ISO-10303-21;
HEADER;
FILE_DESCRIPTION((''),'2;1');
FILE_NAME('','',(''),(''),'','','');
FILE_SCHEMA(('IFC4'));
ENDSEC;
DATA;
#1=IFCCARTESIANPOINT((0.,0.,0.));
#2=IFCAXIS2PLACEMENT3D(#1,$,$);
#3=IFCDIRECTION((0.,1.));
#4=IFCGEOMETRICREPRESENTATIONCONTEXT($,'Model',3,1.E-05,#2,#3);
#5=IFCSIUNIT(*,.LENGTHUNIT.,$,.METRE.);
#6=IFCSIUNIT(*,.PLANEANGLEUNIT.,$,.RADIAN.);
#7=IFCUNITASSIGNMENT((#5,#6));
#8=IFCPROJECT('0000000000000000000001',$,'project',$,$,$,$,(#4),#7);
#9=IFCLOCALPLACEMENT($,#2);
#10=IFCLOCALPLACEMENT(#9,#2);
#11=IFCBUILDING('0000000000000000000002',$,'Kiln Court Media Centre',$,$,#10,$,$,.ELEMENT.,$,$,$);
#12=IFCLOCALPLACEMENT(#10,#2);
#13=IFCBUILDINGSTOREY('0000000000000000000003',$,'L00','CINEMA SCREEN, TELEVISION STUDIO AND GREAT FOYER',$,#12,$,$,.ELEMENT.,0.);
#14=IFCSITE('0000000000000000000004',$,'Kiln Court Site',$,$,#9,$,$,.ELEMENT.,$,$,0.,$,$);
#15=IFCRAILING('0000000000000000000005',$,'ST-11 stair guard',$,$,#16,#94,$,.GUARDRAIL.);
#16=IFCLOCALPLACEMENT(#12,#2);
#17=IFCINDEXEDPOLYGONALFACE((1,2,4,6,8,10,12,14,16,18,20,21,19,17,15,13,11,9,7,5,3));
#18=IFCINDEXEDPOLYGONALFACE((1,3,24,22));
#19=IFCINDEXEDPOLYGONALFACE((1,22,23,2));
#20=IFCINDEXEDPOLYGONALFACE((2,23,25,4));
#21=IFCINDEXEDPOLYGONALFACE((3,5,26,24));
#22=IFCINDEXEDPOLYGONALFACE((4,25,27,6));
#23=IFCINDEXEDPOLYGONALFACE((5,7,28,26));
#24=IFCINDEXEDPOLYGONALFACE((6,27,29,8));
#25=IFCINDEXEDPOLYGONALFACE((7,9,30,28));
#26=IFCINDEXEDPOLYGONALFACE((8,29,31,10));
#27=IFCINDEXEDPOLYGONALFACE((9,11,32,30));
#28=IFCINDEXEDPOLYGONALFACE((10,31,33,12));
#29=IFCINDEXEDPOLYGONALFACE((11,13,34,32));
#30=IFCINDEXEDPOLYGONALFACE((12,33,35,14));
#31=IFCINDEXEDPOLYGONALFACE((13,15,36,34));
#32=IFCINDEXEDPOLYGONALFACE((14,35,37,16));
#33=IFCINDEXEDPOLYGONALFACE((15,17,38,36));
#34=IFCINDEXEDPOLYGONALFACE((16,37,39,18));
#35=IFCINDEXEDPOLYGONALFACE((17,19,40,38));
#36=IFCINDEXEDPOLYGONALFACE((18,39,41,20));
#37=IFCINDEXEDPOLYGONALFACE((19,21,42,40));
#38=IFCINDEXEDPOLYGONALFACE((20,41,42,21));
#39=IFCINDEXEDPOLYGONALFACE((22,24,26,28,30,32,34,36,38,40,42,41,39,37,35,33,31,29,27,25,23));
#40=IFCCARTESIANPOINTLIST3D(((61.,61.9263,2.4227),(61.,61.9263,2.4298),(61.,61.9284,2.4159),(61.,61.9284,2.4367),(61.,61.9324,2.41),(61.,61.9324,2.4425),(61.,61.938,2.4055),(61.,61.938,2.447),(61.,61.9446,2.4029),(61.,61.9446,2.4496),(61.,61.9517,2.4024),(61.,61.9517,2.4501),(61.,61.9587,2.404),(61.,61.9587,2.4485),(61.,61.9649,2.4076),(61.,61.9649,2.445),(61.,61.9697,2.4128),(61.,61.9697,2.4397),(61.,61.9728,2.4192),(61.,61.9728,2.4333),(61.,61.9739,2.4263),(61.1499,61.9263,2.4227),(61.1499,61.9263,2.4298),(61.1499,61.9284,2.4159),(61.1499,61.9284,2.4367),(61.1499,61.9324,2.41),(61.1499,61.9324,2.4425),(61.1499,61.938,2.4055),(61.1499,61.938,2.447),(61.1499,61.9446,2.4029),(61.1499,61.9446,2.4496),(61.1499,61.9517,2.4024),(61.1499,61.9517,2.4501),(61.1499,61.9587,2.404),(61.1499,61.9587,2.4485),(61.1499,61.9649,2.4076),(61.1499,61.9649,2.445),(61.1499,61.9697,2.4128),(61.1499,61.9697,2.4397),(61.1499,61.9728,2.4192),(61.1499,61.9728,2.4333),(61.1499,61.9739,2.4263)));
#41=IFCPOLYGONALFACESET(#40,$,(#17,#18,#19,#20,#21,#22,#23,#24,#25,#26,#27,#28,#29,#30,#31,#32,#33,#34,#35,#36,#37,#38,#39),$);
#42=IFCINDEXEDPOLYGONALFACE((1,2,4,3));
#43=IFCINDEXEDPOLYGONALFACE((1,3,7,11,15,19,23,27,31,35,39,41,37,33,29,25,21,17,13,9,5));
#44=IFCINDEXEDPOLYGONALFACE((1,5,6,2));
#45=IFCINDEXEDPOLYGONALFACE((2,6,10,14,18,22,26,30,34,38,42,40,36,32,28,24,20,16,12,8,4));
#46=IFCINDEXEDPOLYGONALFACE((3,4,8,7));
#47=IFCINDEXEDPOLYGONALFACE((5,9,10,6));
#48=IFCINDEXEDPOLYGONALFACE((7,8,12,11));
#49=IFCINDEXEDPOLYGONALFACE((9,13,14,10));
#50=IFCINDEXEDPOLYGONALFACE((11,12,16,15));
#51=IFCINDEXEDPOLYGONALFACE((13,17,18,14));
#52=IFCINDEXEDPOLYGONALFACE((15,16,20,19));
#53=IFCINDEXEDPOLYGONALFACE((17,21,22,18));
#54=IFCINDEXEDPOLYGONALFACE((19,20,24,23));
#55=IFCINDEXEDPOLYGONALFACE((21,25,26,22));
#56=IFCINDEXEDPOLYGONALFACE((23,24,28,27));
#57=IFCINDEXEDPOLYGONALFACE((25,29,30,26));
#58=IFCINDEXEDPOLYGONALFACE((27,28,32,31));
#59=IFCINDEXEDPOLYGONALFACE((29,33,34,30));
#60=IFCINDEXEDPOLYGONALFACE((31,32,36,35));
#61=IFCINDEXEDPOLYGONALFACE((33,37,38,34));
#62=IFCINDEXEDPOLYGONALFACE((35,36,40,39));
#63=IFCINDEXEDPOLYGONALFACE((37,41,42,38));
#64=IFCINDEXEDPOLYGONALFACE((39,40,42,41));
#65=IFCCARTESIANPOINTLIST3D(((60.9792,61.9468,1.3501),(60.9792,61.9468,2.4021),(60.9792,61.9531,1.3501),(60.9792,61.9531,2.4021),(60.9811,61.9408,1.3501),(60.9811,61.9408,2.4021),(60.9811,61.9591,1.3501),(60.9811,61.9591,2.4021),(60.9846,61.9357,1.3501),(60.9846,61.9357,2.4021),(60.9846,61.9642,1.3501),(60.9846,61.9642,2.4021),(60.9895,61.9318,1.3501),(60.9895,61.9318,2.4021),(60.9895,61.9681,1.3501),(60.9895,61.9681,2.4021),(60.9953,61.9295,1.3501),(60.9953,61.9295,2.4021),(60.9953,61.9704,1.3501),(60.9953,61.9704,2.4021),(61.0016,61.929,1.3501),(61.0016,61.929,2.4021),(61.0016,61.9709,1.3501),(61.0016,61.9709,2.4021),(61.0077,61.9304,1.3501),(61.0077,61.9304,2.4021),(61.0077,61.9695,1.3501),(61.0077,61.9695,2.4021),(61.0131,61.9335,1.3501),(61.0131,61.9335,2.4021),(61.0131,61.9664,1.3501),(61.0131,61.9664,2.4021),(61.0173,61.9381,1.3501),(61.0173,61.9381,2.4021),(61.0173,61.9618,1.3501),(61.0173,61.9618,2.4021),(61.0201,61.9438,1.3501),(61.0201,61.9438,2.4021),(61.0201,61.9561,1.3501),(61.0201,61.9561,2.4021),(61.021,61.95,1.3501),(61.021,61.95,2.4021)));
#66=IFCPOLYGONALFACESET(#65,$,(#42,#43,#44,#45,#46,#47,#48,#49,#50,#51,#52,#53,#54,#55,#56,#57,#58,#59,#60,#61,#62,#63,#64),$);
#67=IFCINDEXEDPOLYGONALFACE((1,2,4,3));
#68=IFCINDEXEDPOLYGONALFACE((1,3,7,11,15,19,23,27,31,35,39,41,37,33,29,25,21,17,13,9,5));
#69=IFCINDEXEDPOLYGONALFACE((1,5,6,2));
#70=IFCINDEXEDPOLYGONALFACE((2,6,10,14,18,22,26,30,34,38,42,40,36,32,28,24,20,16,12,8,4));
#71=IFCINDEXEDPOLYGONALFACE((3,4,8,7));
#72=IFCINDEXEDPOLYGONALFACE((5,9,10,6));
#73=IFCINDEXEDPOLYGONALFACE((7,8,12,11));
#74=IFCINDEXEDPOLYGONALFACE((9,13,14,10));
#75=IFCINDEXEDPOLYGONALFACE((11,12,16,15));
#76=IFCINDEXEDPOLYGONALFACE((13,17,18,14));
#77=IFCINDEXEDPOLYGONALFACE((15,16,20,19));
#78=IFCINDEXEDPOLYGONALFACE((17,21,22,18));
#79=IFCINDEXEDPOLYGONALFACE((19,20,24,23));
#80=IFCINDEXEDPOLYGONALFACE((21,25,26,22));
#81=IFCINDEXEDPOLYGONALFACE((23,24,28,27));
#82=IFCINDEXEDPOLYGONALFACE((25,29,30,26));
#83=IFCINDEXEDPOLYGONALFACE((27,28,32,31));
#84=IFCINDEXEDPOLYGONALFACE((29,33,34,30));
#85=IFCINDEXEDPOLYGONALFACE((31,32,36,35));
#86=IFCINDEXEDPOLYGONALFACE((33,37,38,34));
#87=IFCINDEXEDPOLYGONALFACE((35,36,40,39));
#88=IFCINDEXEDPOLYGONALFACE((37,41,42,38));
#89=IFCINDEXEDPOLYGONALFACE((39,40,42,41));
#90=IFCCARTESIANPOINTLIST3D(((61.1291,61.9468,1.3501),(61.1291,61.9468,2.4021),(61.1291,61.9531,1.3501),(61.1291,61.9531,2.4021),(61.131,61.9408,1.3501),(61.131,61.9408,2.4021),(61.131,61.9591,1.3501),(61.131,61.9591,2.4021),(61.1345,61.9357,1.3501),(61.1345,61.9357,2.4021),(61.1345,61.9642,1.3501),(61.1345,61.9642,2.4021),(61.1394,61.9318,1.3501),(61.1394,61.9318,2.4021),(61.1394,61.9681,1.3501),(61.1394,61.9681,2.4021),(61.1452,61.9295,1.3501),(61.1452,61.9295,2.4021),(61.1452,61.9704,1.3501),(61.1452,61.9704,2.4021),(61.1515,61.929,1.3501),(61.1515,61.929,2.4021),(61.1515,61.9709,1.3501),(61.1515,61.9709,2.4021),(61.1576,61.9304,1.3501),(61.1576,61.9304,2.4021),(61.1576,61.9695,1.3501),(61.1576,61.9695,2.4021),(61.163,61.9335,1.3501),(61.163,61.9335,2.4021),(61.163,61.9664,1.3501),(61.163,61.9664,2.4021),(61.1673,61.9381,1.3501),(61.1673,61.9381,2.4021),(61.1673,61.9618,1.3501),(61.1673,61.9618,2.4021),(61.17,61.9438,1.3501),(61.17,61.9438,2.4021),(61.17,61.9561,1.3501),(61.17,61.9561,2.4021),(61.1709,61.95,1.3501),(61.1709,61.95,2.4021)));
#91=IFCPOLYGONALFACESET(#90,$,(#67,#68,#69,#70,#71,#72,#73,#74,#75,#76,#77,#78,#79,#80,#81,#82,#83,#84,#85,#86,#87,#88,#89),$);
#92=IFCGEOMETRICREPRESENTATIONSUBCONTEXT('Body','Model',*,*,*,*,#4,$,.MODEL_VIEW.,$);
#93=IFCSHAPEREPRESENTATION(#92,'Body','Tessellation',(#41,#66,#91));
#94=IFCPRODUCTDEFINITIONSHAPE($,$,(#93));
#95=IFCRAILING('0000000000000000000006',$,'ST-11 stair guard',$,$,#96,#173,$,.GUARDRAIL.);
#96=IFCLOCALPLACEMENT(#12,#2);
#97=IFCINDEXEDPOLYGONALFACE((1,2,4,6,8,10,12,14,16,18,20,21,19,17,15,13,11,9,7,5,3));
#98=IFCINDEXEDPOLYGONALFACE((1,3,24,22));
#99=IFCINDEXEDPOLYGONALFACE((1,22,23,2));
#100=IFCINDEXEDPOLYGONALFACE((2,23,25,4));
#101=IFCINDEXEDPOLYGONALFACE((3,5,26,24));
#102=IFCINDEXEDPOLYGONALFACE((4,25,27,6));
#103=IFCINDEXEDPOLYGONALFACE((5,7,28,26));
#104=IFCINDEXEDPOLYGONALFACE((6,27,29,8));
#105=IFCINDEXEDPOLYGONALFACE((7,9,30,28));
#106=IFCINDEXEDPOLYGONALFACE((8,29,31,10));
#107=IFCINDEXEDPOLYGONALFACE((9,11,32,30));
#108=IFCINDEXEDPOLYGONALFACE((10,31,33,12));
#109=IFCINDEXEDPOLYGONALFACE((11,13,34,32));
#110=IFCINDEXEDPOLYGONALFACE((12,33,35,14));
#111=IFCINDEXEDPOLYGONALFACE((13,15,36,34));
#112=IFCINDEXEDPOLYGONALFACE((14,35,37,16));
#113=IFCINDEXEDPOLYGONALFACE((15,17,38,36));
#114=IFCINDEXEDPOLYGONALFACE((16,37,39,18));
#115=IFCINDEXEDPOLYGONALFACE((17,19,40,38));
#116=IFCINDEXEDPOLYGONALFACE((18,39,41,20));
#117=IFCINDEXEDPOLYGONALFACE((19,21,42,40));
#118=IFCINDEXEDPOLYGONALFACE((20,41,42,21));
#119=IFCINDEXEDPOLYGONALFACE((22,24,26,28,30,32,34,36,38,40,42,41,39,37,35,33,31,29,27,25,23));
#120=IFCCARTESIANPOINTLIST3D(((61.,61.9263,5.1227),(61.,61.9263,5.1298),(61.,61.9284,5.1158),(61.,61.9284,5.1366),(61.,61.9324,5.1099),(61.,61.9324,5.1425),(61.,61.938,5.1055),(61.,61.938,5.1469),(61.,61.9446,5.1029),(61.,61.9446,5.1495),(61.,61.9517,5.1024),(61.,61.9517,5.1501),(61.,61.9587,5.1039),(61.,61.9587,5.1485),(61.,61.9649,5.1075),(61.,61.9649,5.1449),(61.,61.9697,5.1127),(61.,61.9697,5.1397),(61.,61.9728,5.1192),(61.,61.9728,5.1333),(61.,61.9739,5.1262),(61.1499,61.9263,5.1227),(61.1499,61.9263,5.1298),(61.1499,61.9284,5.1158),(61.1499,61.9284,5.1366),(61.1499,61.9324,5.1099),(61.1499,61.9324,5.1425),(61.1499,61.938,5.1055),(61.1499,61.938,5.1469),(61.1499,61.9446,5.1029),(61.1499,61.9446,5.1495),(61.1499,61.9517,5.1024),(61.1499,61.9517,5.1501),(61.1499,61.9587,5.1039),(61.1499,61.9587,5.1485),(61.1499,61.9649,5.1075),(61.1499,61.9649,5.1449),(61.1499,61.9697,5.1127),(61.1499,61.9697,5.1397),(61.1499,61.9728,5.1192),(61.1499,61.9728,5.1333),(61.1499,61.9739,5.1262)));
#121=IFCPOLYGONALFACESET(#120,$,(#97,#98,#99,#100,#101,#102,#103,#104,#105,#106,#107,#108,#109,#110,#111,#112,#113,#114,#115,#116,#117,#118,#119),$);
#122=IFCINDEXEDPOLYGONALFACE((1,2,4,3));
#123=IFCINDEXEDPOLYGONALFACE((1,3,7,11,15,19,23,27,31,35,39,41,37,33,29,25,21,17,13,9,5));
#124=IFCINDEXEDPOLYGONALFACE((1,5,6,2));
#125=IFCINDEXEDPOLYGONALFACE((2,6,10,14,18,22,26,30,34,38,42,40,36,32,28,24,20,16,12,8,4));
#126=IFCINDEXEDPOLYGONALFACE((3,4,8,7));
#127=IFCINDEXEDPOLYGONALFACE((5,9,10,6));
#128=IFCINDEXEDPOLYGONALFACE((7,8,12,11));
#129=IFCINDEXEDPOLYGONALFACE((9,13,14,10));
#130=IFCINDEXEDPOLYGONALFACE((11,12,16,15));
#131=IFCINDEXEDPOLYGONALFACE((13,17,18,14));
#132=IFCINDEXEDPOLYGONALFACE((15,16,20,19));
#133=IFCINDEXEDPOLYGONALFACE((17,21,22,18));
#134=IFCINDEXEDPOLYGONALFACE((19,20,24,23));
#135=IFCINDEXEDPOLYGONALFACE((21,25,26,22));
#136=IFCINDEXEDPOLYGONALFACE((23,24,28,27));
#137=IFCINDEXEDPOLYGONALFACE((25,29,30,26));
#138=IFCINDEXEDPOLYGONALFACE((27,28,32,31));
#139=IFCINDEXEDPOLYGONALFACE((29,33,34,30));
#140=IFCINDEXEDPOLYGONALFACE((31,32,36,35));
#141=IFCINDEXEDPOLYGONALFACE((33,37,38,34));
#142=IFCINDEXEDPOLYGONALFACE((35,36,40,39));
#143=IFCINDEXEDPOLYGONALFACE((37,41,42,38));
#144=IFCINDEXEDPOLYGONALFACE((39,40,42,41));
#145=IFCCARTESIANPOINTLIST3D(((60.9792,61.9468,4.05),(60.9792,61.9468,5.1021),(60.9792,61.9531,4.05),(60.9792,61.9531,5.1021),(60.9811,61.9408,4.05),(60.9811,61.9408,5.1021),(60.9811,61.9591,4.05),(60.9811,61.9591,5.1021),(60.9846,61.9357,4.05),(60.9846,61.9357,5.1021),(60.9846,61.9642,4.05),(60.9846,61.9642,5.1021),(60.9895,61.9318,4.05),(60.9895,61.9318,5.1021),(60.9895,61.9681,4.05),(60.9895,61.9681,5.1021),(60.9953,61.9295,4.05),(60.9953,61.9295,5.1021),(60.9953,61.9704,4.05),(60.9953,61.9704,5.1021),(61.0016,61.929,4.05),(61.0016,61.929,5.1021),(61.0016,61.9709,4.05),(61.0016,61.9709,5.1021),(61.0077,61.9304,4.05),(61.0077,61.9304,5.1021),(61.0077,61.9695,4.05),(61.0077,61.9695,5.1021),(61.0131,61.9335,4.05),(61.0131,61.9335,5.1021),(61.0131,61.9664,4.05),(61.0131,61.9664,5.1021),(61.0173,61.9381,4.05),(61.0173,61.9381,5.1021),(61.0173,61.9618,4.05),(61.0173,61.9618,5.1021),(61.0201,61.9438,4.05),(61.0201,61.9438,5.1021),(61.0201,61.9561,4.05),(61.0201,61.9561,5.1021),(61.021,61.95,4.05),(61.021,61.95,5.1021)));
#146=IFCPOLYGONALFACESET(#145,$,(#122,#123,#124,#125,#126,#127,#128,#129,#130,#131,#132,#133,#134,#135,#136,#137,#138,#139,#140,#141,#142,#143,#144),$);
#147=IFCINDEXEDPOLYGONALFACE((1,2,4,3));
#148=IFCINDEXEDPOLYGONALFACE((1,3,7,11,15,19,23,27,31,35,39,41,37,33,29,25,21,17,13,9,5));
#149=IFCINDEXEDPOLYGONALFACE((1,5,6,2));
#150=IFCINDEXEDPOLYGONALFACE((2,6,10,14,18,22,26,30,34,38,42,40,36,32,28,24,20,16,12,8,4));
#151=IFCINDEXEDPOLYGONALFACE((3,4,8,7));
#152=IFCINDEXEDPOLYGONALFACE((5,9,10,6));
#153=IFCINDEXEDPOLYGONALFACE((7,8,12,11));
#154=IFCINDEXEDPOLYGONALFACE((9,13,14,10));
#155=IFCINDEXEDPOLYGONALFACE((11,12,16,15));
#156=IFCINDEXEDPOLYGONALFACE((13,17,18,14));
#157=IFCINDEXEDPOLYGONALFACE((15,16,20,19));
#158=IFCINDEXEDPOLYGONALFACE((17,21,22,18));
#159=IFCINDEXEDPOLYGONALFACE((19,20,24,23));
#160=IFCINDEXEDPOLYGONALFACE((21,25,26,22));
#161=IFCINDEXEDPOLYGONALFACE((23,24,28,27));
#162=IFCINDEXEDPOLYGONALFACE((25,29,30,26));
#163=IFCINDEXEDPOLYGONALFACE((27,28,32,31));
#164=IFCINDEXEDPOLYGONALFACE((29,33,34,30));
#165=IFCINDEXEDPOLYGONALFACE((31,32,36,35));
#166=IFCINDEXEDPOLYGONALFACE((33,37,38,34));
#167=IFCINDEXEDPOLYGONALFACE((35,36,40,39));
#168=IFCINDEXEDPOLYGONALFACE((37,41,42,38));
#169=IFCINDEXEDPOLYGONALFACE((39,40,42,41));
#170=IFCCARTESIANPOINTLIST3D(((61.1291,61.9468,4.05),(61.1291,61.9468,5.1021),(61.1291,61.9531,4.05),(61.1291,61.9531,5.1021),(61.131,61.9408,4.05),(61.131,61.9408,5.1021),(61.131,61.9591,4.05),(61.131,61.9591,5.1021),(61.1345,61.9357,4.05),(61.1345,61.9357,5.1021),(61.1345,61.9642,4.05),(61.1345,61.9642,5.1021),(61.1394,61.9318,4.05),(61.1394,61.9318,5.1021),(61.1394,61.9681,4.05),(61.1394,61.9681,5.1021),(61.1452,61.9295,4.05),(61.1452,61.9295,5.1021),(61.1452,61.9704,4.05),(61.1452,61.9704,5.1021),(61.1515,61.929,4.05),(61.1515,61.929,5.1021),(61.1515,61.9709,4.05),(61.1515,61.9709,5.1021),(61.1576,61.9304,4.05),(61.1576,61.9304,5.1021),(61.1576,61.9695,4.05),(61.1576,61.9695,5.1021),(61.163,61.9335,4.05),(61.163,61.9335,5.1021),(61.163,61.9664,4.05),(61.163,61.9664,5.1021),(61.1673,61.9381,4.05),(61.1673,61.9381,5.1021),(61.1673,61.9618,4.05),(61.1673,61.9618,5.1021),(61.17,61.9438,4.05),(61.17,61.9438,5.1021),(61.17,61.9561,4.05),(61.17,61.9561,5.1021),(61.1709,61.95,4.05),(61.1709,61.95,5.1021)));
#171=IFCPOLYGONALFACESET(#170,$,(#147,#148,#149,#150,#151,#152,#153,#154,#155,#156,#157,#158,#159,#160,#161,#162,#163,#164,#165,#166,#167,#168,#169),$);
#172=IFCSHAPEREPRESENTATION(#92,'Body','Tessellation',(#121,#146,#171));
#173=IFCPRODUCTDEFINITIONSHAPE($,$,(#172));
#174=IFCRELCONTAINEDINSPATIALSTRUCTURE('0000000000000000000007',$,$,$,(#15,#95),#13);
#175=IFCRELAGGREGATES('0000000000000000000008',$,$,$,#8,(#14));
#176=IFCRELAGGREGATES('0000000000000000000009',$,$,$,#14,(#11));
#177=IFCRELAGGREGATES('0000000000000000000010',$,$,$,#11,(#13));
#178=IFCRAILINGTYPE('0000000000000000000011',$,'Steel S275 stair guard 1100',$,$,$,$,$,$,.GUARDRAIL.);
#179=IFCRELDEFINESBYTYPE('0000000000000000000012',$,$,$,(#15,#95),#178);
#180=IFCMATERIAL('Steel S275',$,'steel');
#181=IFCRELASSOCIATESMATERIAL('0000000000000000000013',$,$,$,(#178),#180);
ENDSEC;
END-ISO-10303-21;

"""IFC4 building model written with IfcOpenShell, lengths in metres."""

from ifc_helpers import new_model, si_unit, direction, frame, origin, origin_2d, place, context, subcontext, project, spatial, circle, extrude, material, type_object, element, save


model = new_model("IFC4")

# Units and contexts
model_context = context("Model", 3, precision=1e-05, world=origin(), true_north=direction((0.0, 1.0)))
body_context = subcontext(model_context, "Body", "Model", "MODEL_VIEW")
ifc_project = project(units=[si_unit("LENGTHUNIT", "METRE"), si_unit("PLANEANGLEUNIT", "RADIAN")], contexts=[model_context])

# Site, building, storey
site_placement = place(None, origin())
site = spatial("IfcSite", under=ifc_project, at=site_placement, Name="Kiln Court Site", CompositionType="ELEMENT", RefElevation=0.0)
building_placement = place(site_placement, origin())
building = spatial("IfcBuilding", under=site, at=building_placement, Name="Kiln Court Media Centre", CompositionType="ELEMENT")
storey_placement = place(building_placement, origin())
storey = spatial("IfcBuildingStorey", under=building, at=storey_placement, Name="L00", Description="CINEMA SCREEN, TELEVISION STUDIO AND GREAT FOYER", CompositionType="ELEMENT", Elevation=0.0)

# Railings
ifc_material_1 = material(Name="Steel S275", Category="steel")
railing_type = type_object("IfcRailingType", Name="Steel S275 stair guard 1100", PredefinedType="GUARDRAIL", material=ifc_material_1)
for number, where, name in (
    (1, (61.0, 61.95, 1.3501), "ST-11 stair guard"),
    (2, (61.0, 61.95, 4.05), "ST-11 stair guard"),
):
    element("IfcRailing", number, at=place(storey_placement, frame(where)), inside=storey, type_object=railing_type, Name=name, PredefinedType="GUARDRAIL", context=body_context, shape_type="SweptSolid", body=[
        extrude(circle(Radius=0.0239, at=origin_2d()), frame((0.0, 0.0, 1.0762), z_axis=(1.0, 0.0, 0.0), x_axis=(0.0, 1.0, 0.0)), (0.0, 0.0, 1.0), 0.1499),
        extrude(circle(Radius=0.021, at=origin_2d()), origin(), (0.0, 0.0, 1.0), 1.052),
        extrude(circle(Radius=0.021, at=origin_2d()), frame((0.1499, 0.0, 0.0)), (0.0, 0.0, 1.0), 1.052),
    ])

save(model, "model.ifc")
